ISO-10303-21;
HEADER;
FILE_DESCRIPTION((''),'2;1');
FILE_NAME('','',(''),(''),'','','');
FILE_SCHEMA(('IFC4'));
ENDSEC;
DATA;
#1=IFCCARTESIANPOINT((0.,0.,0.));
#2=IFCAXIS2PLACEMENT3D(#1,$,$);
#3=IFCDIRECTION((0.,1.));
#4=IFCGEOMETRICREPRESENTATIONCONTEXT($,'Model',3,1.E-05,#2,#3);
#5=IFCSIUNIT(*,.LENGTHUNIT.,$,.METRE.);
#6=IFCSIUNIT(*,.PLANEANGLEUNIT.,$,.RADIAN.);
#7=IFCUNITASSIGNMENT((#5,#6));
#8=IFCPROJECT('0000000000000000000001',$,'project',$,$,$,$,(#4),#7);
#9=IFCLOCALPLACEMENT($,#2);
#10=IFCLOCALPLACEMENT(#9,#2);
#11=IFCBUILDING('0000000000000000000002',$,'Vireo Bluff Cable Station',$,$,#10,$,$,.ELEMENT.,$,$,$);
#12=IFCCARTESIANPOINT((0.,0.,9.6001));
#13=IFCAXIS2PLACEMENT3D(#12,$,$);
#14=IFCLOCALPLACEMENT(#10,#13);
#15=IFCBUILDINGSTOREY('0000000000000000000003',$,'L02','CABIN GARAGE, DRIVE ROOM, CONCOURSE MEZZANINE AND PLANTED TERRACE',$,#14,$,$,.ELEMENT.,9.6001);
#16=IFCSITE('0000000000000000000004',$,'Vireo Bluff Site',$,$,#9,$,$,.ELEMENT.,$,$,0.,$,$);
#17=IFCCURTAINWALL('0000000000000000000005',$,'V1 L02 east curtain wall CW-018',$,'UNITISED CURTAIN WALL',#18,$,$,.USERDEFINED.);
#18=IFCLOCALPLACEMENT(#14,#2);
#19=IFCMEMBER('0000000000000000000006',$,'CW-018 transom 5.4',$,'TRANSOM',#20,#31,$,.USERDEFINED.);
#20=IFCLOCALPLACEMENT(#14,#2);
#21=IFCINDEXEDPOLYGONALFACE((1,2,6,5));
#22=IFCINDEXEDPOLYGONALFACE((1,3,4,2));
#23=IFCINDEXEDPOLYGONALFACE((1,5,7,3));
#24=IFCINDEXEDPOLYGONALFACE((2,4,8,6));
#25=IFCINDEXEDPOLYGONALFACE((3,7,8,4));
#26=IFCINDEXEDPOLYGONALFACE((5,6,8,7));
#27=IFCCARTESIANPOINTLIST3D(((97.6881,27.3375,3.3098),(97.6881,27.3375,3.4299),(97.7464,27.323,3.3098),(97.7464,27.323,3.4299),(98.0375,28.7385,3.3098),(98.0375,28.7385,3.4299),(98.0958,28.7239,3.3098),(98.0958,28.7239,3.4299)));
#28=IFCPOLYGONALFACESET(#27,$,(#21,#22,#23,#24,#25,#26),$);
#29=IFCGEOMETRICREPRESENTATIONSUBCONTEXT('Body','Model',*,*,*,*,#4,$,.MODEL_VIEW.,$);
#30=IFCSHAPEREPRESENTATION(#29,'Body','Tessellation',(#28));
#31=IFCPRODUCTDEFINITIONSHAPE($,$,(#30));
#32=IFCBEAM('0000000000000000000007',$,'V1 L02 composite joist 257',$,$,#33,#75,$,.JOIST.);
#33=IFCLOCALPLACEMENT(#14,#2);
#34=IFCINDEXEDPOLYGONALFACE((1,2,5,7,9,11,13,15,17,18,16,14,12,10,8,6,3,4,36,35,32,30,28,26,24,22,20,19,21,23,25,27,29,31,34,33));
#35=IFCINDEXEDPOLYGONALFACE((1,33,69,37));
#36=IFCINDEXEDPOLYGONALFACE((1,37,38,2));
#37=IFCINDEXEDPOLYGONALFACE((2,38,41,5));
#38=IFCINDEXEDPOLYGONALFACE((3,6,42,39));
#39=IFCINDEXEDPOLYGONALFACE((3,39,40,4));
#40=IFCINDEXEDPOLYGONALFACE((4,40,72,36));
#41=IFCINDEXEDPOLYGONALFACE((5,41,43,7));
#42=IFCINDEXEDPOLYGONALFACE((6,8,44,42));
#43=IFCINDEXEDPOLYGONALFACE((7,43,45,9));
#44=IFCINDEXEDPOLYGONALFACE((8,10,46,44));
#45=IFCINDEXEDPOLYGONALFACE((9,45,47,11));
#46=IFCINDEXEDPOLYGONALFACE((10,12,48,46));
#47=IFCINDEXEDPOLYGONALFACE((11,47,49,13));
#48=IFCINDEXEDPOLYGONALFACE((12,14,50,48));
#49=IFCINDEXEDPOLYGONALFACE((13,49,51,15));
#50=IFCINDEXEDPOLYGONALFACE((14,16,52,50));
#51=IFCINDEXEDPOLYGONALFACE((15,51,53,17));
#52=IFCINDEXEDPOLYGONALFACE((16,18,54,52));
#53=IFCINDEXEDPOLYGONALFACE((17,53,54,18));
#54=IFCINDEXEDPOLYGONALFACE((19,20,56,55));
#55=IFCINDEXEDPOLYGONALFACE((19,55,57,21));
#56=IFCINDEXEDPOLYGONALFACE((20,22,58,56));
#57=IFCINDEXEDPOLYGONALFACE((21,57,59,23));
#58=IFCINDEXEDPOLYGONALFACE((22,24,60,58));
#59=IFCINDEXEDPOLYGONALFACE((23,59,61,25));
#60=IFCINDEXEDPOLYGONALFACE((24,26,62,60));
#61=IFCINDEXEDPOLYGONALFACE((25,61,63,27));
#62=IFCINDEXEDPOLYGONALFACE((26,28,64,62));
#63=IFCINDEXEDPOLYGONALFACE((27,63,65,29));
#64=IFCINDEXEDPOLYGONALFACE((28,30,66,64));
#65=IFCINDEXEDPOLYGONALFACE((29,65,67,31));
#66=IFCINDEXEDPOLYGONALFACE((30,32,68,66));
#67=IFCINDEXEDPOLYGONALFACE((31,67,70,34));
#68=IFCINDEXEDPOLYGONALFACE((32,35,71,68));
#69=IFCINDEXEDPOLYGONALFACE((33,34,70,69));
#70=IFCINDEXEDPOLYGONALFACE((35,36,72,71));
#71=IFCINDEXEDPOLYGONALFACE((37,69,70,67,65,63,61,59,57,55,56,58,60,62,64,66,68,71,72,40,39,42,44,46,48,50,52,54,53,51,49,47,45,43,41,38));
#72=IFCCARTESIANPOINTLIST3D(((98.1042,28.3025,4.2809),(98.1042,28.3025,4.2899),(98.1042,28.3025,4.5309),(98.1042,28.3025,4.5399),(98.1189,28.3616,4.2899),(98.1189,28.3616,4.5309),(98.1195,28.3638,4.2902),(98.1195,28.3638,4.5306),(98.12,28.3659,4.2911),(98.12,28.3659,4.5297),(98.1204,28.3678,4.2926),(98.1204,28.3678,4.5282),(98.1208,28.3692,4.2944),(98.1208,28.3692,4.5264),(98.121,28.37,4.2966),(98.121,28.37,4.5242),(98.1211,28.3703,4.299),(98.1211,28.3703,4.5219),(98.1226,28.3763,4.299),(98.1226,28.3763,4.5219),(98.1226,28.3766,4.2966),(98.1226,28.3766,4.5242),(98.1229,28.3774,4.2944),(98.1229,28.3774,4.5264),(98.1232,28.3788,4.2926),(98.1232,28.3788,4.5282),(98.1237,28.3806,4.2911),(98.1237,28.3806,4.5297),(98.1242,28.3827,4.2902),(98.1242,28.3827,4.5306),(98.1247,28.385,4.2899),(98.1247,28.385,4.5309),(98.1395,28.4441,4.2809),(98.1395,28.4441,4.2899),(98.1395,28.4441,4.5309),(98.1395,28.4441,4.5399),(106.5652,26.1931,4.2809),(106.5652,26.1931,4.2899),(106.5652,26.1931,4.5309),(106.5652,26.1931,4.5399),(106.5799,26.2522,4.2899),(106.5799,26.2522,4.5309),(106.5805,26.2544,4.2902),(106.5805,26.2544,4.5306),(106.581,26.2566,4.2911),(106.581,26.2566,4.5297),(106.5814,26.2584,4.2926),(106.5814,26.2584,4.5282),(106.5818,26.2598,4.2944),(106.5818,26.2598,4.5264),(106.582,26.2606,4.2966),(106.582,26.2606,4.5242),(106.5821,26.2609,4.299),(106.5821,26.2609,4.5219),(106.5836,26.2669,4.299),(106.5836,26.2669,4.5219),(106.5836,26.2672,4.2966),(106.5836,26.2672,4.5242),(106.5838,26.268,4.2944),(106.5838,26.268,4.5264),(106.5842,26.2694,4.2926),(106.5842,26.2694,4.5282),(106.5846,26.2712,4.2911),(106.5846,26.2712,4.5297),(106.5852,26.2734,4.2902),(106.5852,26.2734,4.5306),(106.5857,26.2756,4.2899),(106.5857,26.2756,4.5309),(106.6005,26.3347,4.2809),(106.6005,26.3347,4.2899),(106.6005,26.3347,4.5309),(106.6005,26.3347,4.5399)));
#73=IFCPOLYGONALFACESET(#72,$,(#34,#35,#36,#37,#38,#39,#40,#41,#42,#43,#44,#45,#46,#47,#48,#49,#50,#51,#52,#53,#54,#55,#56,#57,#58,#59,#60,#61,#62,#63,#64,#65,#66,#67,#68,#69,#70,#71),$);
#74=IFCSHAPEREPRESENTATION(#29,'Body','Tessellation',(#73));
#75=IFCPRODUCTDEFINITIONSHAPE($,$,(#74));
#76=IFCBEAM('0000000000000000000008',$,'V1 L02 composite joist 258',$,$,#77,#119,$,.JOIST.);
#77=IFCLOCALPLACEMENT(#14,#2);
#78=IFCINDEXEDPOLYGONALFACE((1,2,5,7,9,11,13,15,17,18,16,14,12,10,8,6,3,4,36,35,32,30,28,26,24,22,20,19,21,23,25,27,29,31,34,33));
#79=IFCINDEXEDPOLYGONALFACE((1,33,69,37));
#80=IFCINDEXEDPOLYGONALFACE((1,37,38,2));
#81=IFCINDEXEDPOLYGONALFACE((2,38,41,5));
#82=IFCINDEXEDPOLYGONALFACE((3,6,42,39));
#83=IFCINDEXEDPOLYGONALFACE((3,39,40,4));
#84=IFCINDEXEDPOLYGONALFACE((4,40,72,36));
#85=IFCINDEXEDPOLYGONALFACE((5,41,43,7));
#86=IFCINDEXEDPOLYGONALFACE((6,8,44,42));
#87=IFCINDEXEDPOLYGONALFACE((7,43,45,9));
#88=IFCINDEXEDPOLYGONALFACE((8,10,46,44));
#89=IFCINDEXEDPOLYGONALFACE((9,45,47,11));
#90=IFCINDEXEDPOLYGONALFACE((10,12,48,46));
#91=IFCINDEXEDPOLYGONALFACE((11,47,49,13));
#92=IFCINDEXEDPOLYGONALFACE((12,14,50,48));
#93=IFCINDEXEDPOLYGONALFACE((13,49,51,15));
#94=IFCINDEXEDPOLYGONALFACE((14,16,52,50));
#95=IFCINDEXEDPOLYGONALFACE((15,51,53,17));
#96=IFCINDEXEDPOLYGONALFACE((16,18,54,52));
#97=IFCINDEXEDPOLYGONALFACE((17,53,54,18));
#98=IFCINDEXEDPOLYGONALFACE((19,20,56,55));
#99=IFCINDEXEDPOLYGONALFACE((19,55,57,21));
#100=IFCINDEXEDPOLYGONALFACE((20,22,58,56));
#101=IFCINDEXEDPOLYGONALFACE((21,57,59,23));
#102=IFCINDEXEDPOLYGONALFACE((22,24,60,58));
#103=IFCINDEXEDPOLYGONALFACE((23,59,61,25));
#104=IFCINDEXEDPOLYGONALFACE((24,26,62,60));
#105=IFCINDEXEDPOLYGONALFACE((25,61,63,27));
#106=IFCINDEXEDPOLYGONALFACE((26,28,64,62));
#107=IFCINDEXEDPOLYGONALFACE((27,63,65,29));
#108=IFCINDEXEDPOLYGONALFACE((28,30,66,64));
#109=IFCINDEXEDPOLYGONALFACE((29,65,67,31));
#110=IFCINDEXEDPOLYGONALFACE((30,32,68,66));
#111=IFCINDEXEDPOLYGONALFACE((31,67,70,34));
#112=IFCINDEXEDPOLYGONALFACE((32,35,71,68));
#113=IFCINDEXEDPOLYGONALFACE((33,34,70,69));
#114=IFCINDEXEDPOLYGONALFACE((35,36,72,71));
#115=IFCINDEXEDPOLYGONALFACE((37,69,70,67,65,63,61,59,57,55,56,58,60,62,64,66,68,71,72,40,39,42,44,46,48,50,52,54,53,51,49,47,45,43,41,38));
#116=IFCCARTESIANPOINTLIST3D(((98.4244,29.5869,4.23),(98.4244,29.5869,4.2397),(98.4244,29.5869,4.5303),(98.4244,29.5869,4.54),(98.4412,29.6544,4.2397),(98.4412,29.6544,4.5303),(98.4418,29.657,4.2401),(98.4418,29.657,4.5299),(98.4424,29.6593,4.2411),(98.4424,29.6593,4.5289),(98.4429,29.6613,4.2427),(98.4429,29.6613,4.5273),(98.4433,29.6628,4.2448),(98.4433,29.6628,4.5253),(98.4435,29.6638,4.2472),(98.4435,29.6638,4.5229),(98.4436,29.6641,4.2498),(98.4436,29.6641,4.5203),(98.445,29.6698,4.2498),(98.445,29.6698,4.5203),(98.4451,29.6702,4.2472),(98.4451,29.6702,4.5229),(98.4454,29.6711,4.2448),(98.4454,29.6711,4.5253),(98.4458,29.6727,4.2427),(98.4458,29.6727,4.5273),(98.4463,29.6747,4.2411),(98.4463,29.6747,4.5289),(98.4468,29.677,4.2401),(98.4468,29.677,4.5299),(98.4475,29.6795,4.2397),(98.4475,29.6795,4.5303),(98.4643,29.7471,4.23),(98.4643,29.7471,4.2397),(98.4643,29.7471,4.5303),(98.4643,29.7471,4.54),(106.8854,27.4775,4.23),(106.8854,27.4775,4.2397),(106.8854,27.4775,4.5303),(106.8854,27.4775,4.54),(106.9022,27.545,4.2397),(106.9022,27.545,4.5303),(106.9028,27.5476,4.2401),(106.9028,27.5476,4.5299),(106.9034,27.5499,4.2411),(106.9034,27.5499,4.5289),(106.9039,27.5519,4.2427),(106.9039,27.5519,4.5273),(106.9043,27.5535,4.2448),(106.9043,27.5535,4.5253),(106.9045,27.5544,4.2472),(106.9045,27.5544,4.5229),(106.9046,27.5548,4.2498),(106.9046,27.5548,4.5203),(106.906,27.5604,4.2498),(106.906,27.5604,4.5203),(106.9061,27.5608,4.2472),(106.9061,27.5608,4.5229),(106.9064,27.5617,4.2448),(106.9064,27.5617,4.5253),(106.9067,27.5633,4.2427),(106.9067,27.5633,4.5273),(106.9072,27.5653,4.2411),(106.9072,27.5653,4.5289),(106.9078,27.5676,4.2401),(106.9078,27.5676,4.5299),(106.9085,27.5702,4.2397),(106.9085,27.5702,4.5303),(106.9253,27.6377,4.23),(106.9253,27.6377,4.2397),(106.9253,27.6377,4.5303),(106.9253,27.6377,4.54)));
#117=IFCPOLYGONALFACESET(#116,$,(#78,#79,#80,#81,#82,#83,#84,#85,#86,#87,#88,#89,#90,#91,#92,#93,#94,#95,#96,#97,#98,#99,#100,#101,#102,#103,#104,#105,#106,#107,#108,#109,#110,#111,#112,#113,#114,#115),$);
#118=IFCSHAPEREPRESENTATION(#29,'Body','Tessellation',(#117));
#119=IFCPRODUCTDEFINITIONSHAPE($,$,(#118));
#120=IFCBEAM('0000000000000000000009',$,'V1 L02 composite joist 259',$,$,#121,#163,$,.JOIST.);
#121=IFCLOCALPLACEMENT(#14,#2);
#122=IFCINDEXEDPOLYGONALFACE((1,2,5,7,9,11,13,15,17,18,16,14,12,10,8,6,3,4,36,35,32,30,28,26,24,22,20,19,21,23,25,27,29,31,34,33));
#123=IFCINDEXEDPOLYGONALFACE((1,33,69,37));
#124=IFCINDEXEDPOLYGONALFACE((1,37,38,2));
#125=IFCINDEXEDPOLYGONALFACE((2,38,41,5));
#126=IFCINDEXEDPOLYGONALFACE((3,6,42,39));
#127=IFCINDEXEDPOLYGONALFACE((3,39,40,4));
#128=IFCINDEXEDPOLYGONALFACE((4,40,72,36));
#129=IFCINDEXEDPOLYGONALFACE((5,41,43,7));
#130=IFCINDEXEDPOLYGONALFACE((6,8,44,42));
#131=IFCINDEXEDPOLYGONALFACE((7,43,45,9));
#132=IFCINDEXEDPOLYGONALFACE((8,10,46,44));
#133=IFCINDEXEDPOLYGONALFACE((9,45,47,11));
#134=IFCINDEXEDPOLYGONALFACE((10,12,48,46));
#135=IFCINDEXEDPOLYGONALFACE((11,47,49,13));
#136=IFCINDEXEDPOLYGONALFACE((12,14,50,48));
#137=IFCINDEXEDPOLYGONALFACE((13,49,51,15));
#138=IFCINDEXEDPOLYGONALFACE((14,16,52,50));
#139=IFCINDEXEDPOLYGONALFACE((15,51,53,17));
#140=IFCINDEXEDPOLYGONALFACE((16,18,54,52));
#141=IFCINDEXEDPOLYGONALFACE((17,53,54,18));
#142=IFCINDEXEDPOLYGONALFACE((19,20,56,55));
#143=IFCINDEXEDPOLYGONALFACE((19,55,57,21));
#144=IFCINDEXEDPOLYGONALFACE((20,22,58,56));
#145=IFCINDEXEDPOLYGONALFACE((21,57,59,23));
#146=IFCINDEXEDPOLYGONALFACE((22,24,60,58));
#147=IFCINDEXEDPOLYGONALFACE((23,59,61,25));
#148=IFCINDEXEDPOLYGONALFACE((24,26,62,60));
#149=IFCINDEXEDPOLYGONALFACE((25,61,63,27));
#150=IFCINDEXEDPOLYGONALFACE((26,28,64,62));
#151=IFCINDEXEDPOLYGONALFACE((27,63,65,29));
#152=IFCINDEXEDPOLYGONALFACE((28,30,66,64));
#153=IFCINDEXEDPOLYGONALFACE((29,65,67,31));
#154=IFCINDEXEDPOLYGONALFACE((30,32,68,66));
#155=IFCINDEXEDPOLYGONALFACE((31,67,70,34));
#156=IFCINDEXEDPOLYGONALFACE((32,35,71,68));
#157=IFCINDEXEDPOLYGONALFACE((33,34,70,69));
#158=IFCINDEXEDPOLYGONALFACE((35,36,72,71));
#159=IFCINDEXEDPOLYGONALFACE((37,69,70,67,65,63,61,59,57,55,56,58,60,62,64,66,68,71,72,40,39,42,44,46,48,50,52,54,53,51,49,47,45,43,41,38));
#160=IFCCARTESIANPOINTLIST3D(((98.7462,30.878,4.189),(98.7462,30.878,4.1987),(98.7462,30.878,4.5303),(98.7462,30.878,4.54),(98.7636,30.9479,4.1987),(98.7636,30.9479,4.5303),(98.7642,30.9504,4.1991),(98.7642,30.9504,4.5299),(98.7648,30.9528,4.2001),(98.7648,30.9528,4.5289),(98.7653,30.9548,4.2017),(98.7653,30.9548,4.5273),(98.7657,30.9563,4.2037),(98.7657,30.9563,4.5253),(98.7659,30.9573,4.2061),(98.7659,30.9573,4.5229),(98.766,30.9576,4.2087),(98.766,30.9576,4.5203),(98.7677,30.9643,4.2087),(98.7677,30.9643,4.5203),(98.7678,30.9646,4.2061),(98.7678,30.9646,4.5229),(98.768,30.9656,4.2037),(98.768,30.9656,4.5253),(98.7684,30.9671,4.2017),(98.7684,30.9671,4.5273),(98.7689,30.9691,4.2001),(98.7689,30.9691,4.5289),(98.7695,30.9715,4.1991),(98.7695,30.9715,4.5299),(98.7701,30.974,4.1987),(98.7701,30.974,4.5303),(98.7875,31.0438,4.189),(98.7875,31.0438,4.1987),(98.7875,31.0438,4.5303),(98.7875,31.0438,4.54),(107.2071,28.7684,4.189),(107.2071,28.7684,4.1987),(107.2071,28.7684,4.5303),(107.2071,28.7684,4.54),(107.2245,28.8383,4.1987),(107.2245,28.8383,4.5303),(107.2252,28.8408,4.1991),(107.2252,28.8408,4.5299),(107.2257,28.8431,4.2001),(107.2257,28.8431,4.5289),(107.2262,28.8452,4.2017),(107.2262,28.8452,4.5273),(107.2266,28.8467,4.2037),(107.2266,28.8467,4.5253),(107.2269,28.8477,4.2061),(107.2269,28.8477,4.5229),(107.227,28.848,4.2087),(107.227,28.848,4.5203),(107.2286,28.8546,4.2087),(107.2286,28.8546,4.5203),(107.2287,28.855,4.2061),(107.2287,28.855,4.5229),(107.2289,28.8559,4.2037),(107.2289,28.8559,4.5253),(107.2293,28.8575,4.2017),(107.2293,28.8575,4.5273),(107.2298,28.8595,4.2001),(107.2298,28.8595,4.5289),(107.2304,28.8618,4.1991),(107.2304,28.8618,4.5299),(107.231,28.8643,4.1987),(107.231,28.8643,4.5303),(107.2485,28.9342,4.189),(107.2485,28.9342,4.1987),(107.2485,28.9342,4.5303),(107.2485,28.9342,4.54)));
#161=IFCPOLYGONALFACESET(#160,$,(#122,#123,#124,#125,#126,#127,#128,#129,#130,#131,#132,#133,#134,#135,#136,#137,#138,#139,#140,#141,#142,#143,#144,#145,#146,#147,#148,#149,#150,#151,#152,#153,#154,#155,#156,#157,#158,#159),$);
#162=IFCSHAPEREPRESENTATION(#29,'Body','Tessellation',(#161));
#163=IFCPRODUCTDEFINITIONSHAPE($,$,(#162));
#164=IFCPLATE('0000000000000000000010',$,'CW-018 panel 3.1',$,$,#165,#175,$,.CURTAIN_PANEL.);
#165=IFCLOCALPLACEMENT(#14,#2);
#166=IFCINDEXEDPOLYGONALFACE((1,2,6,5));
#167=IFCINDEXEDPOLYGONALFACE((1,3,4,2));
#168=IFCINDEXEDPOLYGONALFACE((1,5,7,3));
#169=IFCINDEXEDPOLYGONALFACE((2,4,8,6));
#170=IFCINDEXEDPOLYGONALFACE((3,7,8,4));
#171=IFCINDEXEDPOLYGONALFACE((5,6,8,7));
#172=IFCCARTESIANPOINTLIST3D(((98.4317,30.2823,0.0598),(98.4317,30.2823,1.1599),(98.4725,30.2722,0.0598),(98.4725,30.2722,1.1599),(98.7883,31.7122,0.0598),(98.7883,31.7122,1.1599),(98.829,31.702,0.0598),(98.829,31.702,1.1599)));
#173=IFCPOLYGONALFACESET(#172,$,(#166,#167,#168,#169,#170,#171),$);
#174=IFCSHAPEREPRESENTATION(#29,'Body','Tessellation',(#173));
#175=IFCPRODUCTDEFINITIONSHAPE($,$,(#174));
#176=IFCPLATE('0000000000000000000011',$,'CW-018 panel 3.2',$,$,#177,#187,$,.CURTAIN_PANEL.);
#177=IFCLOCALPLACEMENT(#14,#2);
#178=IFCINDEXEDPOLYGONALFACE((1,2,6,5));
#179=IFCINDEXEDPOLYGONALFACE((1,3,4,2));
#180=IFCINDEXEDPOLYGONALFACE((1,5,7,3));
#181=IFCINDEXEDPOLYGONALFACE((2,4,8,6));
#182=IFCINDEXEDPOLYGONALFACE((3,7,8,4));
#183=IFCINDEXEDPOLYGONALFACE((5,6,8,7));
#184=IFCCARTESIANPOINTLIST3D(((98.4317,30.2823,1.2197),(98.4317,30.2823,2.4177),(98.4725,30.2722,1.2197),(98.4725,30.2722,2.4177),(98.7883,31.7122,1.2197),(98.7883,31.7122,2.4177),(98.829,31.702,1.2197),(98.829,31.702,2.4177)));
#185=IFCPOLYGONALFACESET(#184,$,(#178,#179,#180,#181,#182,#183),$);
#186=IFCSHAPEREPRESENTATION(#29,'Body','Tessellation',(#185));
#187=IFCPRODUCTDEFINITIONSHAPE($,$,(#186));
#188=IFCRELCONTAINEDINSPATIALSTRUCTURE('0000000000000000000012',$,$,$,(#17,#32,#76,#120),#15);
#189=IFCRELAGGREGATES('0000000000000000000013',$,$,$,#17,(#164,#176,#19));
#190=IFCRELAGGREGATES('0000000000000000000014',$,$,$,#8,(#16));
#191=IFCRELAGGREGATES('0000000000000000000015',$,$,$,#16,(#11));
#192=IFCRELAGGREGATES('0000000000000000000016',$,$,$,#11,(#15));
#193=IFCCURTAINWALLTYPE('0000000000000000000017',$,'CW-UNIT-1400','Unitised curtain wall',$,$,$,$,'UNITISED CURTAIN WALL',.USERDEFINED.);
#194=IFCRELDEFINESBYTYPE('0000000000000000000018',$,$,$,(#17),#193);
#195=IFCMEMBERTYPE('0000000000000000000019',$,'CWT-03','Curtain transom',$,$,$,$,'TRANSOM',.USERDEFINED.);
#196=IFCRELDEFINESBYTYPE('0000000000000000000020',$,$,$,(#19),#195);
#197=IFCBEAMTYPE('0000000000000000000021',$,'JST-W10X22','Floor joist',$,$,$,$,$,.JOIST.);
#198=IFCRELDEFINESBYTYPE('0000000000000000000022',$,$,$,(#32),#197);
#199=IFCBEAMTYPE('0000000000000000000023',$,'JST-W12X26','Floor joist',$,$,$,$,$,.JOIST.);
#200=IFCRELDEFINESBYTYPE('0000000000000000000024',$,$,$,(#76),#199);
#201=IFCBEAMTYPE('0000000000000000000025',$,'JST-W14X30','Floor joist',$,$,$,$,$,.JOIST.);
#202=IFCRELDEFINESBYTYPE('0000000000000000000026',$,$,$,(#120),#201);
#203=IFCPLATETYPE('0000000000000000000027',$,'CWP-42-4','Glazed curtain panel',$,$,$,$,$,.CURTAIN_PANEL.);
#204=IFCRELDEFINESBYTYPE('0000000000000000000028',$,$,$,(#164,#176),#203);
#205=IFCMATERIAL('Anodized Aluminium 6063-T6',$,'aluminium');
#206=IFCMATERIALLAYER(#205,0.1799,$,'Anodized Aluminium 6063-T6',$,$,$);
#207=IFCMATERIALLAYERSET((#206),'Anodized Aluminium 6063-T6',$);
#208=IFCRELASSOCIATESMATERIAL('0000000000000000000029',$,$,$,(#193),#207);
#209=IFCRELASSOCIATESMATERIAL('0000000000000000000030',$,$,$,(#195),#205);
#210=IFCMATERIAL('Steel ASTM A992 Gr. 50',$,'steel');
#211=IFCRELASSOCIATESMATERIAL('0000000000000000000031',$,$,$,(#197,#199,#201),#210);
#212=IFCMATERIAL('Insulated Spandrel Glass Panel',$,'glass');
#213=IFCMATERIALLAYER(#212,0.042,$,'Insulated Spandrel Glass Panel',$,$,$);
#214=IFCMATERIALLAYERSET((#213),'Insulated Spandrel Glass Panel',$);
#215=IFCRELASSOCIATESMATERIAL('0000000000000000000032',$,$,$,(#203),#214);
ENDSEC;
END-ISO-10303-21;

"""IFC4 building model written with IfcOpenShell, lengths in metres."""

from ifc_helpers import new_model, si_unit, direction, frame, origin, origin_2d, place, context, subcontext, project, spatial, rectangle, i_section, extrude, material, layer, layer_set, material_profile, profile_set, type_object, element, aggregate, save


model = new_model("IFC4")

# Units and contexts
model_context = context("Model", 3, precision=1e-05, world=origin(), true_north=direction((0.0, 1.0)))
body_context = subcontext(model_context, "Body", "Model", "MODEL_VIEW")
ifc_project = project(units=[si_unit("LENGTHUNIT", "METRE"), si_unit("PLANEANGLEUNIT", "RADIAN")], contexts=[model_context])

# Site, building, storey
site_placement = place(None, origin())
site = spatial("IfcSite", under=ifc_project, at=site_placement, Name="Vireo Bluff Site", CompositionType="ELEMENT", RefElevation=0.0)
building_placement = place(site_placement, origin())
building = spatial("IfcBuilding", under=site, at=building_placement, Name="Vireo Bluff Cable Station", CompositionType="ELEMENT")
storey_placement = place(building_placement, frame((0.0, 0.0, 9.6001)))
storey = spatial("IfcBuildingStorey", under=building, at=storey_placement, Name="L02", Description="CABIN GARAGE, DRIVE ROOM, CONCOURSE MEZZANINE AND PLANTED TERRACE", CompositionType="ELEMENT", Elevation=9.6001)

# Curtain wall, member
ifc_material_1 = material(Name="Anodized Aluminium 6063-T6", Category="aluminium")
ifc_layer_1 = layer(ifc_material_1, 0.1799, Name="Anodized Aluminium 6063-T6")
ifc_layer_set_1 = layer_set([ifc_layer_1], Name="Anodized Aluminium 6063-T6")
curtain_wall_type = type_object("IfcCurtainWallType", Name="CW-UNIT-1400", Description="Unitised curtain wall", ElementType="UNITISED CURTAIN WALL", PredefinedType="USERDEFINED", material=ifc_layer_set_1)
curtain_wall_placement = place(storey_placement, origin())
curtain_wall = element("IfcCurtainWall", 1, at=curtain_wall_placement, inside=storey, type_object=curtain_wall_type, Name="V1 L02 east curtain wall CW-018", ObjectType="UNITISED CURTAIN WALL", PredefinedType="USERDEFINED")
ifc_material_profile_1 = material_profile(ifc_material_1, rectangle(XDim=0.0601, YDim=0.1201, at=origin_2d()), Name="ALU-T-60X120")
ifc_profile_set_1 = profile_set([ifc_material_profile_1], Name="Anodized Aluminium 6063-T6")
member_type_1 = type_object("IfcMemberType", Name="CWT-03", Description="Curtain transom", ElementType="TRANSOM", PredefinedType="USERDEFINED", material=ifc_profile_set_1)
member_1_placement = place(storey_placement, frame((98.0667, 28.7312, 3.3699), z_axis=(-0.241979, -0.970282, 0.0), x_axis=(0.970282, -0.241979, 0.0)))
member_1 = element("IfcMember", 2, at=member_1_placement, type_object=member_type_1, Name="CW-018 transom 5.4", ObjectType="TRANSOM", PredefinedType="USERDEFINED", context=body_context, shape_type="SweptSolid", body=[
    extrude(rectangle(XDim=0.0601, YDim=0.1201, at=origin_2d()), origin(), (0.0, 0.0, 1.0), 1.4438),
])

# Beams
ifc_material_2 = material(Name="Steel ASTM A992 Gr. 50", Category="steel")
ifc_material_profile_2 = material_profile(ifc_material_2, i_section(OverallWidth=0.146, OverallDepth=0.259, WebThickness=0.0061, FlangeThickness=0.009, FilletRadius=0.009, at=origin_2d()), Name="W10X22")
ifc_profile_set_2 = profile_set([ifc_material_profile_2], Name="Steel ASTM A992 Gr. 50")
beam_type_1 = type_object("IfcBeamType", Name="JST-W10X22", Description="Floor joist", PredefinedType="JOIST", material=ifc_profile_set_2)
beam_1_placement = place(storey_placement, frame((98.1218, 28.3733, 4.4104), z_axis=(0.9703, -0.241903, 0.0), x_axis=(0.241903, 0.9703, 0.0)))
element("IfcBeam", 3, at=beam_1_placement, inside=storey, type_object=beam_type_1, Name="V1 L02 composite joist 257", PredefinedType="JOIST", context=body_context, shape_type="SweptSolid", body=[
    extrude(i_section(OverallWidth=0.146, OverallDepth=0.259, WebThickness=0.0061, FlangeThickness=0.009, FilletRadius=0.009, at=origin_2d()), origin(), (0.0, 0.0, 1.0), 8.72),
])
ifc_material_profile_3 = material_profile(ifc_material_2, i_section(OverallWidth=0.165, OverallDepth=0.3101, WebThickness=0.0059, FlangeThickness=0.0098, FilletRadius=0.01, at=origin_2d()), Name="W12X26")
ifc_profile_set_3 = profile_set([ifc_material_profile_3], Name="Steel ASTM A992 Gr. 50")
beam_type_2 = type_object("IfcBeamType", Name="JST-W12X26", Description="Floor joist", PredefinedType="JOIST", material=ifc_profile_set_3)
beam_2_placement = place(storey_placement, frame((98.4443, 29.667, 4.385), z_axis=(0.9703, -0.241903, 0.0), x_axis=(0.241903, 0.9703, 0.0)))
element("IfcBeam", 4, at=beam_2_placement, inside=storey, type_object=beam_type_2, Name="V1 L02 composite joist 258", PredefinedType="JOIST", context=body_context, shape_type="SweptSolid", body=[
    extrude(i_section(OverallWidth=0.165, OverallDepth=0.3101, WebThickness=0.0059, FlangeThickness=0.0098, FilletRadius=0.01, at=origin_2d()), origin(), (0.0, 0.0, 1.0), 8.72),
])
ifc_material_profile_4 = material_profile(ifc_material_2, i_section(OverallWidth=0.1709, OverallDepth=0.3511, WebThickness=0.0068, FlangeThickness=0.0098, FilletRadius=0.01, at=origin_2d()), Name="W14X30")
ifc_profile_set_4 = profile_set([ifc_material_profile_4], Name="Steel ASTM A992 Gr. 50")
beam_type_3 = type_object("IfcBeamType", Name="JST-W14X30", Description="Floor joist", PredefinedType="JOIST", material=ifc_profile_set_4)
beam_3_placement = place(storey_placement, frame((98.7668, 30.9609, 4.3645), z_axis=(0.970294, -0.24193, 0.0), x_axis=(0.24193, 0.970294, 0.0)))
element("IfcBeam", 5, at=beam_3_placement, inside=storey, type_object=beam_type_3, Name="V1 L02 composite joist 259", PredefinedType="JOIST", context=body_context, shape_type="SweptSolid", body=[
    extrude(i_section(OverallWidth=0.1709, OverallDepth=0.3511, WebThickness=0.0068, FlangeThickness=0.0098, FilletRadius=0.01, at=origin_2d()), origin(), (0.0, 0.0, 1.0), 8.72),
])

# Plates
ifc_material_3 = material(Name="Insulated Spandrel Glass Panel", Category="glass")
ifc_layer_2 = layer(ifc_material_3, 0.042, Name="Insulated Spandrel Glass Panel")
ifc_layer_set_2 = layer_set([ifc_layer_2], Name="Insulated Spandrel Glass Panel")
plate_type = type_object("IfcPlateType", Name="CWP-42-4", Description="Glazed curtain panel", PredefinedType="CURTAIN_PANEL", material=ifc_layer_set_2)
plate_1_placement = place(storey_placement, frame((98.6304, 30.9922, 0.0598), z_axis=(0.0, 0.0, 1.0), x_axis=(-0.241922, -0.970296, 0.0)))
plate_1 = element("IfcPlate", 6, at=plate_1_placement, type_object=plate_type, Name="CW-018 panel 3.1", PredefinedType="CURTAIN_PANEL", context=body_context, shape_type="SweptSolid", body=[
    extrude(rectangle(XDim=1.4736, YDim=0.042, at=origin_2d()), origin(), (0.0, 0.0, 1.0), 1.1001),
])
plate_2_placement = place(storey_placement, frame((98.6304, 30.9922, 1.2197), z_axis=(0.0, 0.0, 1.0), x_axis=(-0.241922, -0.970296, 0.0)))
plate_2 = element("IfcPlate", 7, at=plate_2_placement, type_object=plate_type, Name="CW-018 panel 3.2", PredefinedType="CURTAIN_PANEL", context=body_context, shape_type="SweptSolid", body=[
    extrude(rectangle(XDim=1.4736, YDim=0.042, at=origin_2d()), origin(), (0.0, 0.0, 1.0), 1.198),
])
aggregate(curtain_wall, [plate_1, plate_2, member_1])

save(model, "model.ifc")
